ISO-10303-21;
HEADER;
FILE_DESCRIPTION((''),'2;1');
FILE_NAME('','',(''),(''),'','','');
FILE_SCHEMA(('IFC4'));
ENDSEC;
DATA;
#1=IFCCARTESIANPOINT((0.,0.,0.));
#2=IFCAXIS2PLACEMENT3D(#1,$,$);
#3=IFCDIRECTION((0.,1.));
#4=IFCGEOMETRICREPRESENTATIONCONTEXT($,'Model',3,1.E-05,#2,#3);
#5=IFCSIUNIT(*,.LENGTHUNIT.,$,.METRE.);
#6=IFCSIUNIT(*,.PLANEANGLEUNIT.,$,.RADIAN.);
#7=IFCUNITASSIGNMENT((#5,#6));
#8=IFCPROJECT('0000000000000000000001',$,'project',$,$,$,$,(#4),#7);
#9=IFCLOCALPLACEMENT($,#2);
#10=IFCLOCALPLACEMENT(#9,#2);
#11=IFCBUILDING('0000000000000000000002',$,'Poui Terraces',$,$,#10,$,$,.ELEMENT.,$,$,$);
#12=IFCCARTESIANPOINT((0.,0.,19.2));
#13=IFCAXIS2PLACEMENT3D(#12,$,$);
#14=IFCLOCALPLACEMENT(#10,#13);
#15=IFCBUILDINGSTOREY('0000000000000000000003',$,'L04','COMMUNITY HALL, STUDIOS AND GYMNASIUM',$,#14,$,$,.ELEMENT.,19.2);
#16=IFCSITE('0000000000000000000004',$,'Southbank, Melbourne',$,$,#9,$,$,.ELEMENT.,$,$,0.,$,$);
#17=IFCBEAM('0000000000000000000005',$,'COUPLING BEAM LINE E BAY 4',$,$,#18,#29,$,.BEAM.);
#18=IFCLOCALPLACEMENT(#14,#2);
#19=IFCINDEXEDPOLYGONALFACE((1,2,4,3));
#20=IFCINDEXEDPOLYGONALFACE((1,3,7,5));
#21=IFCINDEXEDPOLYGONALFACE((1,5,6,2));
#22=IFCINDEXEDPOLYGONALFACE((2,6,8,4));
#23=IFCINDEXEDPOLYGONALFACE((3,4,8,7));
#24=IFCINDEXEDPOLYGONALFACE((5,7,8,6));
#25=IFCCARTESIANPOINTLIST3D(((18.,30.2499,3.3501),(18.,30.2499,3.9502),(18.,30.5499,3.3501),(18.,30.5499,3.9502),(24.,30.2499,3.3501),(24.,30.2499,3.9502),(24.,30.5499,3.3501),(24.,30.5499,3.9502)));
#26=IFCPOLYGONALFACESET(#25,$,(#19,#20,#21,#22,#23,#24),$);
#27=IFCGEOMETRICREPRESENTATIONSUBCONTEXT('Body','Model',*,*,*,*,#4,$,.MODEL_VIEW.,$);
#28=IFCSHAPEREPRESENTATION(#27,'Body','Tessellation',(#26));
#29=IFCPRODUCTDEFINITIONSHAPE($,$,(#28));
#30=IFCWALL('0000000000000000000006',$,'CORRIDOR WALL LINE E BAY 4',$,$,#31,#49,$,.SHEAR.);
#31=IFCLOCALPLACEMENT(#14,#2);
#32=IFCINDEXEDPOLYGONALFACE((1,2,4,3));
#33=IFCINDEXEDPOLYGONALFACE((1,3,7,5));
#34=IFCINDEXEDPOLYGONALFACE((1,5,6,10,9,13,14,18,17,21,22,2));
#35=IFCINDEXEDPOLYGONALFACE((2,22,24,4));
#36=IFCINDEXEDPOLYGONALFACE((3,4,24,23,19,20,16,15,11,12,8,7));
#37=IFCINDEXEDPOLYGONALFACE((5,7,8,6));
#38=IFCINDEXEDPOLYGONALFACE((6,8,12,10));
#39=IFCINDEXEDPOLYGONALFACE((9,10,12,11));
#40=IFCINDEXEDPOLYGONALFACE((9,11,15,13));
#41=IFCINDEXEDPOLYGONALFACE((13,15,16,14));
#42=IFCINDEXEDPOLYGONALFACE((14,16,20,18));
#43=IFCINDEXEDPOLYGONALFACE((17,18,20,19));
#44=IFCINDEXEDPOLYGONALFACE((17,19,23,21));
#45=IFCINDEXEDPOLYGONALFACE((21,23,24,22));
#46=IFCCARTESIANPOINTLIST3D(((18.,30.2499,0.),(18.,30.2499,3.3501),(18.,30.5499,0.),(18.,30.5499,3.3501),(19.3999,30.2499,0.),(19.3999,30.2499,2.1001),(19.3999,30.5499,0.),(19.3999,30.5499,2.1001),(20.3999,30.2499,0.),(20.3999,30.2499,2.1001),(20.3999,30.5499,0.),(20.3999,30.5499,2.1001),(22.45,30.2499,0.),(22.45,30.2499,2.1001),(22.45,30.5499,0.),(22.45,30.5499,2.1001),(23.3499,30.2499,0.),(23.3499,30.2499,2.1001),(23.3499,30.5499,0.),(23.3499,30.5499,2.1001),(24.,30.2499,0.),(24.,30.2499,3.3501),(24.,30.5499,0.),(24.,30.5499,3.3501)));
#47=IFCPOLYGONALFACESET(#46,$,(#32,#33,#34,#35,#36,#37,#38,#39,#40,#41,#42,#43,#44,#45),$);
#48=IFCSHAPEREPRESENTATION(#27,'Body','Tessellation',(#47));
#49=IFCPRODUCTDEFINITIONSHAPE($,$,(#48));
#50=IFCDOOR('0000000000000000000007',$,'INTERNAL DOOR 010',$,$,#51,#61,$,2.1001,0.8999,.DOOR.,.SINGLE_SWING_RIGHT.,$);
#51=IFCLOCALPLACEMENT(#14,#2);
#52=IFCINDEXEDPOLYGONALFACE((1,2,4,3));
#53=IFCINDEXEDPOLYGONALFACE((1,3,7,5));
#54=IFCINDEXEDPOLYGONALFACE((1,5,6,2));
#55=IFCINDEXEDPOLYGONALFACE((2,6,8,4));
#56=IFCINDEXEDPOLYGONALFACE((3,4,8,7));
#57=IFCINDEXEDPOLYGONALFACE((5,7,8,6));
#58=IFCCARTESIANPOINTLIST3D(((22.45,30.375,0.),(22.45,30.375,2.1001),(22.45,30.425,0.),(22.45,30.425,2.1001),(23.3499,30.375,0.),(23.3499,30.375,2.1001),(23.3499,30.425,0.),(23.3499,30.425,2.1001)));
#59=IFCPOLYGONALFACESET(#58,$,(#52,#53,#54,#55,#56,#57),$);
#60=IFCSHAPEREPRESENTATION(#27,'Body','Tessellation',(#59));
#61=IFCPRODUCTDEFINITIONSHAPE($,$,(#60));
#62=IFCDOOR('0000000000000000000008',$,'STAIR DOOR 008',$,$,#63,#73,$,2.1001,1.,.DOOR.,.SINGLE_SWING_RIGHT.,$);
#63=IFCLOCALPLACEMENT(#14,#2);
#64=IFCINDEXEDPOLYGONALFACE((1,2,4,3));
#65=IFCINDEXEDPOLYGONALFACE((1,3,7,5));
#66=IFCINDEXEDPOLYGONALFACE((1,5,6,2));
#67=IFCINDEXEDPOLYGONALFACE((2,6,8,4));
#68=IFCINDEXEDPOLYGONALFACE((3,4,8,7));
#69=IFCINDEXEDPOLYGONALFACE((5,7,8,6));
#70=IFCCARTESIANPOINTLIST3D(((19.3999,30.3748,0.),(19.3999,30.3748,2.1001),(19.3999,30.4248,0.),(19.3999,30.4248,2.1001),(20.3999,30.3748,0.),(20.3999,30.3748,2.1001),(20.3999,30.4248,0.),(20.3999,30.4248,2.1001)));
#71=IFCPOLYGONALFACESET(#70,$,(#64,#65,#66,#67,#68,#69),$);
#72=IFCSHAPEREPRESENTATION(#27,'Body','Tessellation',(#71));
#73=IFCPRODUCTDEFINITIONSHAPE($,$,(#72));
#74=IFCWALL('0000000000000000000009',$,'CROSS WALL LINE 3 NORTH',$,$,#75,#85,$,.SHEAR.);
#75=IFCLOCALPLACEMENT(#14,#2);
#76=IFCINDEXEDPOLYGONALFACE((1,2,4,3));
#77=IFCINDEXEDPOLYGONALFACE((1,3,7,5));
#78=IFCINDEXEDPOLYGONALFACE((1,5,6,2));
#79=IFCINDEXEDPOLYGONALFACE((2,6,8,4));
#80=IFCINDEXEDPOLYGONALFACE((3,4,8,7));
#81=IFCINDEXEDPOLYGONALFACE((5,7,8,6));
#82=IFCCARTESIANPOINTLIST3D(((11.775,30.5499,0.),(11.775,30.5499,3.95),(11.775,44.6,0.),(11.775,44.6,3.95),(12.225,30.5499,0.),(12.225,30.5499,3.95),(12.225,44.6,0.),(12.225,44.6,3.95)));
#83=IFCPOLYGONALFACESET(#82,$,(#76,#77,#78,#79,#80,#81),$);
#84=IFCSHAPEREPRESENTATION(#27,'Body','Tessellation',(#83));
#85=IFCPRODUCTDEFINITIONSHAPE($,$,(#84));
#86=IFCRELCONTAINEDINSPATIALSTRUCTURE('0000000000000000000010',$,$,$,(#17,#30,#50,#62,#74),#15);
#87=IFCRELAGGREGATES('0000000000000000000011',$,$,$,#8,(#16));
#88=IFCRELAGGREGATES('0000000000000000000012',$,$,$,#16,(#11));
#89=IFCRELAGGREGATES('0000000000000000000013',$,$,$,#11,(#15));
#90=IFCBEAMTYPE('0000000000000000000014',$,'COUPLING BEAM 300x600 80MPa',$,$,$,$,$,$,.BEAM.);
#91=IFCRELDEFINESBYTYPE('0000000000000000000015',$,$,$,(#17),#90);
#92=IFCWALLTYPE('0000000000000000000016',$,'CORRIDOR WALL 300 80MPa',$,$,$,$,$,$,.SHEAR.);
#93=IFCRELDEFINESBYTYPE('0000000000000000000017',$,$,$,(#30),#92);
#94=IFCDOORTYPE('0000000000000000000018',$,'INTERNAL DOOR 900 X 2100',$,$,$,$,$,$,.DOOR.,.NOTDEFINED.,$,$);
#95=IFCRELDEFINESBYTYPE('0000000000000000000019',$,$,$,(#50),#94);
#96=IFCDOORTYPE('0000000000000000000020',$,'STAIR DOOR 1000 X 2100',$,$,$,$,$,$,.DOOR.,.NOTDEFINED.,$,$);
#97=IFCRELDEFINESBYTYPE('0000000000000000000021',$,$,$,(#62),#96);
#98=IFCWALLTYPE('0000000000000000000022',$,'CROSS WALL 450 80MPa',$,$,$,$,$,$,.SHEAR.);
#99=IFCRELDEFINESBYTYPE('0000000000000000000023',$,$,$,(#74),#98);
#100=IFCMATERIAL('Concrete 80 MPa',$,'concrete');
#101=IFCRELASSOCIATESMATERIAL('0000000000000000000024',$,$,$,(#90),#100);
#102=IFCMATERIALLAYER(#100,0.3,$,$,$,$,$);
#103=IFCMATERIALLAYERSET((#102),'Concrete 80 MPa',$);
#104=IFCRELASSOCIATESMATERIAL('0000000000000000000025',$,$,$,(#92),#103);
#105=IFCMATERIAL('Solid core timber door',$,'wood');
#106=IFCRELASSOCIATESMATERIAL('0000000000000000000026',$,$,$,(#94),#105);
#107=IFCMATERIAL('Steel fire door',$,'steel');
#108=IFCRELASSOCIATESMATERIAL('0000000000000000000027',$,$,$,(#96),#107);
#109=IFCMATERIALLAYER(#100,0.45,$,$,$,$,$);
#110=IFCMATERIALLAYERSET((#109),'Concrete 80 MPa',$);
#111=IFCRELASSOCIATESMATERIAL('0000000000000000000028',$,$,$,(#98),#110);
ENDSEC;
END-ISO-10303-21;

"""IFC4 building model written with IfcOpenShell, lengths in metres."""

from ifc_helpers import new_model, si_unit, direction, frame, frame_2d, origin, origin_2d, place, context, subcontext, project, spatial, rectangle, extrude, source, transform, mapped, material, layer, layer_set, material_profile, profile_set, type_object, element, fill, save


model = new_model("IFC4")

# Units and contexts
model_context = context("Model", 3, precision=1e-05, world=origin(), true_north=direction((0.0, 1.0)))
body_context = subcontext(model_context, "Body", "Model", "MODEL_VIEW")
ifc_project = project(units=[si_unit("LENGTHUNIT", "METRE"), si_unit("PLANEANGLEUNIT", "RADIAN")], contexts=[model_context])

# Site, building, storey
site_placement = place(None, origin())
site = spatial("IfcSite", under=ifc_project, at=site_placement, Name="Southbank, Melbourne", CompositionType="ELEMENT", RefElevation=0.0)
building_placement = place(site_placement, origin())
building = spatial("IfcBuilding", under=site, at=building_placement, Name="Poui Terraces", CompositionType="ELEMENT")
storey_placement = place(building_placement, frame((0.0, 0.0, 19.2)))
storey = spatial("IfcBuildingStorey", under=building, at=storey_placement, Name="L04", Description="COMMUNITY HALL, STUDIOS AND GYMNASIUM", CompositionType="ELEMENT", Elevation=19.2)

# Beam
ifc_material_1 = material(Name="Concrete 80 MPa", Category="concrete")
ifc_material_profile = material_profile(ifc_material_1, rectangle(XDim=0.3, YDim=0.6001, at=origin_2d()), Name="RC 300x600")
ifc_profile_set = profile_set([ifc_material_profile], Name="Concrete 80 MPa")
beam_type = type_object("IfcBeamType", Name="COUPLING BEAM 300x600 80MPa", PredefinedType="BEAM", material=ifc_profile_set)
shared_shape = source(origin(), body_context, "Body", "SweptSolid", [
    extrude(rectangle(XDim=0.3, YDim=0.6001, at=origin_2d()), origin(), (0.0, 0.0, 1.0), 6.0),
])
beam_placement = place(storey_placement, frame((18.0, 30.3999, 3.6501), z_axis=(1.0, 0.0, 0.0), x_axis=(0.0, 1.0, 0.0)))
element("IfcBeam", 1, at=beam_placement, inside=storey, type_object=beam_type, Name="COUPLING BEAM LINE E BAY 4", PredefinedType="BEAM", context=body_context, shape_type="MappedRepresentation", body=[
    mapped(shared_shape, transform((0.0, 0.0, 0.0))),
])

# Wall, openings, doors
ifc_layer_1 = layer(ifc_material_1, 0.3)
ifc_layer_set_1 = layer_set([ifc_layer_1], Name="Concrete 80 MPa")
wall_type_1 = type_object("IfcWallType", Name="CORRIDOR WALL 300 80MPa", PredefinedType="SHEAR", material=ifc_layer_set_1)
wall_1_placement = place(storey_placement, frame((18.0, 30.3999, 0.0), z_axis=(0.0, 0.0, 1.0), x_axis=(1.0, 0.0, 0.0)))
wall_1 = element("IfcWall", 2, at=wall_1_placement, inside=storey, type_object=wall_type_1, Name="CORRIDOR WALL LINE E BAY 4", PredefinedType="SHEAR", context=body_context, shape_type="SweptSolid", body=[
    extrude(rectangle(XDim=6.0, YDim=0.3, at=frame_2d((3.0, 0.0))), origin(), (0.0, 0.0, 1.0), 3.3501),
])
opening_1_placement = place(wall_1_placement, frame((1.3999, 0.0, 0.0)))
opening_1 = element("IfcOpeningElement", 3, at=opening_1_placement, cuts=wall_1, PredefinedType="OPENING", context=body_context, shape_type="SweptSolid", body=[
    extrude(rectangle(XDim=1.0, YDim=2.1001, at=frame_2d((0.5, 1.05))), frame((0.0, 0.1602, 0.0), z_axis=(0.0, -1.0, 0.0), x_axis=(1.0, 0.0, 0.0)), (0.0, 0.0, 1.0), 0.3201),
])
opening_2_placement = place(wall_1_placement, frame((4.45, 0.0, 0.0)))
opening_2 = element("IfcOpeningElement", 4, at=opening_2_placement, cuts=wall_1, PredefinedType="OPENING", context=body_context, shape_type="SweptSolid", body=[
    extrude(rectangle(XDim=0.8999, YDim=2.1001, at=frame_2d((0.45, 1.05))), frame((0.0, 0.1602, 0.0), z_axis=(0.0, -1.0, 0.0), x_axis=(1.0, 0.0, 0.0)), (0.0, 0.0, 1.0), 0.3201),
])
ifc_material_2 = material(Name="Solid core timber door", Category="wood")
door_type_1 = type_object("IfcDoorType", Name="INTERNAL DOOR 900 X 2100", OperationType="NOTDEFINED", PredefinedType="DOOR", material=ifc_material_2)
door_1_placement = place(opening_2_placement, frame((0.8999, 0.0, 0.0), z_axis=(0.0, 0.0, 1.0), x_axis=(-1.0, 0.0, 0.0)))
door_1 = element("IfcDoor", 5, at=door_1_placement, inside=storey, type_object=door_type_1, Name="INTERNAL DOOR 010", OperationType="SINGLE_SWING_RIGHT", OverallHeight=2.1001, OverallWidth=0.8999, PredefinedType="DOOR", context=body_context, shape_type="SweptSolid", body=[
    extrude(rectangle(XDim=0.8999, YDim=2.1001, at=frame_2d((0.45, 1.05))), frame((0.0, 0.0249, 0.0), z_axis=(0.0, -1.0, 0.0), x_axis=(1.0, 0.0, 0.0)), (0.0, 0.0, 1.0), 0.05),
])
fill(opening_2, door_1)
ifc_material_3 = material(Name="Steel fire door", Category="steel")
door_type_2 = type_object("IfcDoorType", Name="STAIR DOOR 1000 X 2100", OperationType="NOTDEFINED", PredefinedType="DOOR", material=ifc_material_3)
door_2_placement = place(opening_1_placement, origin())
door_2 = element("IfcDoor", 6, at=door_2_placement, inside=storey, type_object=door_type_2, Name="STAIR DOOR 008", OperationType="SINGLE_SWING_RIGHT", OverallHeight=2.1001, OverallWidth=1.0, PredefinedType="DOOR", context=body_context, shape_type="SweptSolid", body=[
    extrude(rectangle(XDim=1.0, YDim=2.1001, at=frame_2d((0.5, 1.05))), frame((0.0, 0.0249, 0.0), z_axis=(0.0, -1.0, 0.0), x_axis=(1.0, 0.0, 0.0)), (0.0, 0.0, 1.0), 0.05),
])
fill(opening_1, door_2)

# Wall
ifc_layer_2 = layer(ifc_material_1, 0.45)
ifc_layer_set_2 = layer_set([ifc_layer_2], Name="Concrete 80 MPa")
wall_type_2 = type_object("IfcWallType", Name="CROSS WALL 450 80MPa", PredefinedType="SHEAR", material=ifc_layer_set_2)
wall_2_placement = place(storey_placement, frame((12.0, 30.55, 0.0), z_axis=(0.0, 0.0, 1.0), x_axis=(0.0, 1.0, 0.0)))
element("IfcWall", 7, at=wall_2_placement, inside=storey, type_object=wall_type_2, Name="CROSS WALL LINE 3 NORTH", PredefinedType="SHEAR", context=body_context, shape_type="SweptSolid", body=[
    extrude(rectangle(XDim=14.05, YDim=0.45, at=frame_2d((7.0249, 0.0))), origin(), (0.0, 0.0, 1.0), 3.95),
])

save(model, "model.ifc")
